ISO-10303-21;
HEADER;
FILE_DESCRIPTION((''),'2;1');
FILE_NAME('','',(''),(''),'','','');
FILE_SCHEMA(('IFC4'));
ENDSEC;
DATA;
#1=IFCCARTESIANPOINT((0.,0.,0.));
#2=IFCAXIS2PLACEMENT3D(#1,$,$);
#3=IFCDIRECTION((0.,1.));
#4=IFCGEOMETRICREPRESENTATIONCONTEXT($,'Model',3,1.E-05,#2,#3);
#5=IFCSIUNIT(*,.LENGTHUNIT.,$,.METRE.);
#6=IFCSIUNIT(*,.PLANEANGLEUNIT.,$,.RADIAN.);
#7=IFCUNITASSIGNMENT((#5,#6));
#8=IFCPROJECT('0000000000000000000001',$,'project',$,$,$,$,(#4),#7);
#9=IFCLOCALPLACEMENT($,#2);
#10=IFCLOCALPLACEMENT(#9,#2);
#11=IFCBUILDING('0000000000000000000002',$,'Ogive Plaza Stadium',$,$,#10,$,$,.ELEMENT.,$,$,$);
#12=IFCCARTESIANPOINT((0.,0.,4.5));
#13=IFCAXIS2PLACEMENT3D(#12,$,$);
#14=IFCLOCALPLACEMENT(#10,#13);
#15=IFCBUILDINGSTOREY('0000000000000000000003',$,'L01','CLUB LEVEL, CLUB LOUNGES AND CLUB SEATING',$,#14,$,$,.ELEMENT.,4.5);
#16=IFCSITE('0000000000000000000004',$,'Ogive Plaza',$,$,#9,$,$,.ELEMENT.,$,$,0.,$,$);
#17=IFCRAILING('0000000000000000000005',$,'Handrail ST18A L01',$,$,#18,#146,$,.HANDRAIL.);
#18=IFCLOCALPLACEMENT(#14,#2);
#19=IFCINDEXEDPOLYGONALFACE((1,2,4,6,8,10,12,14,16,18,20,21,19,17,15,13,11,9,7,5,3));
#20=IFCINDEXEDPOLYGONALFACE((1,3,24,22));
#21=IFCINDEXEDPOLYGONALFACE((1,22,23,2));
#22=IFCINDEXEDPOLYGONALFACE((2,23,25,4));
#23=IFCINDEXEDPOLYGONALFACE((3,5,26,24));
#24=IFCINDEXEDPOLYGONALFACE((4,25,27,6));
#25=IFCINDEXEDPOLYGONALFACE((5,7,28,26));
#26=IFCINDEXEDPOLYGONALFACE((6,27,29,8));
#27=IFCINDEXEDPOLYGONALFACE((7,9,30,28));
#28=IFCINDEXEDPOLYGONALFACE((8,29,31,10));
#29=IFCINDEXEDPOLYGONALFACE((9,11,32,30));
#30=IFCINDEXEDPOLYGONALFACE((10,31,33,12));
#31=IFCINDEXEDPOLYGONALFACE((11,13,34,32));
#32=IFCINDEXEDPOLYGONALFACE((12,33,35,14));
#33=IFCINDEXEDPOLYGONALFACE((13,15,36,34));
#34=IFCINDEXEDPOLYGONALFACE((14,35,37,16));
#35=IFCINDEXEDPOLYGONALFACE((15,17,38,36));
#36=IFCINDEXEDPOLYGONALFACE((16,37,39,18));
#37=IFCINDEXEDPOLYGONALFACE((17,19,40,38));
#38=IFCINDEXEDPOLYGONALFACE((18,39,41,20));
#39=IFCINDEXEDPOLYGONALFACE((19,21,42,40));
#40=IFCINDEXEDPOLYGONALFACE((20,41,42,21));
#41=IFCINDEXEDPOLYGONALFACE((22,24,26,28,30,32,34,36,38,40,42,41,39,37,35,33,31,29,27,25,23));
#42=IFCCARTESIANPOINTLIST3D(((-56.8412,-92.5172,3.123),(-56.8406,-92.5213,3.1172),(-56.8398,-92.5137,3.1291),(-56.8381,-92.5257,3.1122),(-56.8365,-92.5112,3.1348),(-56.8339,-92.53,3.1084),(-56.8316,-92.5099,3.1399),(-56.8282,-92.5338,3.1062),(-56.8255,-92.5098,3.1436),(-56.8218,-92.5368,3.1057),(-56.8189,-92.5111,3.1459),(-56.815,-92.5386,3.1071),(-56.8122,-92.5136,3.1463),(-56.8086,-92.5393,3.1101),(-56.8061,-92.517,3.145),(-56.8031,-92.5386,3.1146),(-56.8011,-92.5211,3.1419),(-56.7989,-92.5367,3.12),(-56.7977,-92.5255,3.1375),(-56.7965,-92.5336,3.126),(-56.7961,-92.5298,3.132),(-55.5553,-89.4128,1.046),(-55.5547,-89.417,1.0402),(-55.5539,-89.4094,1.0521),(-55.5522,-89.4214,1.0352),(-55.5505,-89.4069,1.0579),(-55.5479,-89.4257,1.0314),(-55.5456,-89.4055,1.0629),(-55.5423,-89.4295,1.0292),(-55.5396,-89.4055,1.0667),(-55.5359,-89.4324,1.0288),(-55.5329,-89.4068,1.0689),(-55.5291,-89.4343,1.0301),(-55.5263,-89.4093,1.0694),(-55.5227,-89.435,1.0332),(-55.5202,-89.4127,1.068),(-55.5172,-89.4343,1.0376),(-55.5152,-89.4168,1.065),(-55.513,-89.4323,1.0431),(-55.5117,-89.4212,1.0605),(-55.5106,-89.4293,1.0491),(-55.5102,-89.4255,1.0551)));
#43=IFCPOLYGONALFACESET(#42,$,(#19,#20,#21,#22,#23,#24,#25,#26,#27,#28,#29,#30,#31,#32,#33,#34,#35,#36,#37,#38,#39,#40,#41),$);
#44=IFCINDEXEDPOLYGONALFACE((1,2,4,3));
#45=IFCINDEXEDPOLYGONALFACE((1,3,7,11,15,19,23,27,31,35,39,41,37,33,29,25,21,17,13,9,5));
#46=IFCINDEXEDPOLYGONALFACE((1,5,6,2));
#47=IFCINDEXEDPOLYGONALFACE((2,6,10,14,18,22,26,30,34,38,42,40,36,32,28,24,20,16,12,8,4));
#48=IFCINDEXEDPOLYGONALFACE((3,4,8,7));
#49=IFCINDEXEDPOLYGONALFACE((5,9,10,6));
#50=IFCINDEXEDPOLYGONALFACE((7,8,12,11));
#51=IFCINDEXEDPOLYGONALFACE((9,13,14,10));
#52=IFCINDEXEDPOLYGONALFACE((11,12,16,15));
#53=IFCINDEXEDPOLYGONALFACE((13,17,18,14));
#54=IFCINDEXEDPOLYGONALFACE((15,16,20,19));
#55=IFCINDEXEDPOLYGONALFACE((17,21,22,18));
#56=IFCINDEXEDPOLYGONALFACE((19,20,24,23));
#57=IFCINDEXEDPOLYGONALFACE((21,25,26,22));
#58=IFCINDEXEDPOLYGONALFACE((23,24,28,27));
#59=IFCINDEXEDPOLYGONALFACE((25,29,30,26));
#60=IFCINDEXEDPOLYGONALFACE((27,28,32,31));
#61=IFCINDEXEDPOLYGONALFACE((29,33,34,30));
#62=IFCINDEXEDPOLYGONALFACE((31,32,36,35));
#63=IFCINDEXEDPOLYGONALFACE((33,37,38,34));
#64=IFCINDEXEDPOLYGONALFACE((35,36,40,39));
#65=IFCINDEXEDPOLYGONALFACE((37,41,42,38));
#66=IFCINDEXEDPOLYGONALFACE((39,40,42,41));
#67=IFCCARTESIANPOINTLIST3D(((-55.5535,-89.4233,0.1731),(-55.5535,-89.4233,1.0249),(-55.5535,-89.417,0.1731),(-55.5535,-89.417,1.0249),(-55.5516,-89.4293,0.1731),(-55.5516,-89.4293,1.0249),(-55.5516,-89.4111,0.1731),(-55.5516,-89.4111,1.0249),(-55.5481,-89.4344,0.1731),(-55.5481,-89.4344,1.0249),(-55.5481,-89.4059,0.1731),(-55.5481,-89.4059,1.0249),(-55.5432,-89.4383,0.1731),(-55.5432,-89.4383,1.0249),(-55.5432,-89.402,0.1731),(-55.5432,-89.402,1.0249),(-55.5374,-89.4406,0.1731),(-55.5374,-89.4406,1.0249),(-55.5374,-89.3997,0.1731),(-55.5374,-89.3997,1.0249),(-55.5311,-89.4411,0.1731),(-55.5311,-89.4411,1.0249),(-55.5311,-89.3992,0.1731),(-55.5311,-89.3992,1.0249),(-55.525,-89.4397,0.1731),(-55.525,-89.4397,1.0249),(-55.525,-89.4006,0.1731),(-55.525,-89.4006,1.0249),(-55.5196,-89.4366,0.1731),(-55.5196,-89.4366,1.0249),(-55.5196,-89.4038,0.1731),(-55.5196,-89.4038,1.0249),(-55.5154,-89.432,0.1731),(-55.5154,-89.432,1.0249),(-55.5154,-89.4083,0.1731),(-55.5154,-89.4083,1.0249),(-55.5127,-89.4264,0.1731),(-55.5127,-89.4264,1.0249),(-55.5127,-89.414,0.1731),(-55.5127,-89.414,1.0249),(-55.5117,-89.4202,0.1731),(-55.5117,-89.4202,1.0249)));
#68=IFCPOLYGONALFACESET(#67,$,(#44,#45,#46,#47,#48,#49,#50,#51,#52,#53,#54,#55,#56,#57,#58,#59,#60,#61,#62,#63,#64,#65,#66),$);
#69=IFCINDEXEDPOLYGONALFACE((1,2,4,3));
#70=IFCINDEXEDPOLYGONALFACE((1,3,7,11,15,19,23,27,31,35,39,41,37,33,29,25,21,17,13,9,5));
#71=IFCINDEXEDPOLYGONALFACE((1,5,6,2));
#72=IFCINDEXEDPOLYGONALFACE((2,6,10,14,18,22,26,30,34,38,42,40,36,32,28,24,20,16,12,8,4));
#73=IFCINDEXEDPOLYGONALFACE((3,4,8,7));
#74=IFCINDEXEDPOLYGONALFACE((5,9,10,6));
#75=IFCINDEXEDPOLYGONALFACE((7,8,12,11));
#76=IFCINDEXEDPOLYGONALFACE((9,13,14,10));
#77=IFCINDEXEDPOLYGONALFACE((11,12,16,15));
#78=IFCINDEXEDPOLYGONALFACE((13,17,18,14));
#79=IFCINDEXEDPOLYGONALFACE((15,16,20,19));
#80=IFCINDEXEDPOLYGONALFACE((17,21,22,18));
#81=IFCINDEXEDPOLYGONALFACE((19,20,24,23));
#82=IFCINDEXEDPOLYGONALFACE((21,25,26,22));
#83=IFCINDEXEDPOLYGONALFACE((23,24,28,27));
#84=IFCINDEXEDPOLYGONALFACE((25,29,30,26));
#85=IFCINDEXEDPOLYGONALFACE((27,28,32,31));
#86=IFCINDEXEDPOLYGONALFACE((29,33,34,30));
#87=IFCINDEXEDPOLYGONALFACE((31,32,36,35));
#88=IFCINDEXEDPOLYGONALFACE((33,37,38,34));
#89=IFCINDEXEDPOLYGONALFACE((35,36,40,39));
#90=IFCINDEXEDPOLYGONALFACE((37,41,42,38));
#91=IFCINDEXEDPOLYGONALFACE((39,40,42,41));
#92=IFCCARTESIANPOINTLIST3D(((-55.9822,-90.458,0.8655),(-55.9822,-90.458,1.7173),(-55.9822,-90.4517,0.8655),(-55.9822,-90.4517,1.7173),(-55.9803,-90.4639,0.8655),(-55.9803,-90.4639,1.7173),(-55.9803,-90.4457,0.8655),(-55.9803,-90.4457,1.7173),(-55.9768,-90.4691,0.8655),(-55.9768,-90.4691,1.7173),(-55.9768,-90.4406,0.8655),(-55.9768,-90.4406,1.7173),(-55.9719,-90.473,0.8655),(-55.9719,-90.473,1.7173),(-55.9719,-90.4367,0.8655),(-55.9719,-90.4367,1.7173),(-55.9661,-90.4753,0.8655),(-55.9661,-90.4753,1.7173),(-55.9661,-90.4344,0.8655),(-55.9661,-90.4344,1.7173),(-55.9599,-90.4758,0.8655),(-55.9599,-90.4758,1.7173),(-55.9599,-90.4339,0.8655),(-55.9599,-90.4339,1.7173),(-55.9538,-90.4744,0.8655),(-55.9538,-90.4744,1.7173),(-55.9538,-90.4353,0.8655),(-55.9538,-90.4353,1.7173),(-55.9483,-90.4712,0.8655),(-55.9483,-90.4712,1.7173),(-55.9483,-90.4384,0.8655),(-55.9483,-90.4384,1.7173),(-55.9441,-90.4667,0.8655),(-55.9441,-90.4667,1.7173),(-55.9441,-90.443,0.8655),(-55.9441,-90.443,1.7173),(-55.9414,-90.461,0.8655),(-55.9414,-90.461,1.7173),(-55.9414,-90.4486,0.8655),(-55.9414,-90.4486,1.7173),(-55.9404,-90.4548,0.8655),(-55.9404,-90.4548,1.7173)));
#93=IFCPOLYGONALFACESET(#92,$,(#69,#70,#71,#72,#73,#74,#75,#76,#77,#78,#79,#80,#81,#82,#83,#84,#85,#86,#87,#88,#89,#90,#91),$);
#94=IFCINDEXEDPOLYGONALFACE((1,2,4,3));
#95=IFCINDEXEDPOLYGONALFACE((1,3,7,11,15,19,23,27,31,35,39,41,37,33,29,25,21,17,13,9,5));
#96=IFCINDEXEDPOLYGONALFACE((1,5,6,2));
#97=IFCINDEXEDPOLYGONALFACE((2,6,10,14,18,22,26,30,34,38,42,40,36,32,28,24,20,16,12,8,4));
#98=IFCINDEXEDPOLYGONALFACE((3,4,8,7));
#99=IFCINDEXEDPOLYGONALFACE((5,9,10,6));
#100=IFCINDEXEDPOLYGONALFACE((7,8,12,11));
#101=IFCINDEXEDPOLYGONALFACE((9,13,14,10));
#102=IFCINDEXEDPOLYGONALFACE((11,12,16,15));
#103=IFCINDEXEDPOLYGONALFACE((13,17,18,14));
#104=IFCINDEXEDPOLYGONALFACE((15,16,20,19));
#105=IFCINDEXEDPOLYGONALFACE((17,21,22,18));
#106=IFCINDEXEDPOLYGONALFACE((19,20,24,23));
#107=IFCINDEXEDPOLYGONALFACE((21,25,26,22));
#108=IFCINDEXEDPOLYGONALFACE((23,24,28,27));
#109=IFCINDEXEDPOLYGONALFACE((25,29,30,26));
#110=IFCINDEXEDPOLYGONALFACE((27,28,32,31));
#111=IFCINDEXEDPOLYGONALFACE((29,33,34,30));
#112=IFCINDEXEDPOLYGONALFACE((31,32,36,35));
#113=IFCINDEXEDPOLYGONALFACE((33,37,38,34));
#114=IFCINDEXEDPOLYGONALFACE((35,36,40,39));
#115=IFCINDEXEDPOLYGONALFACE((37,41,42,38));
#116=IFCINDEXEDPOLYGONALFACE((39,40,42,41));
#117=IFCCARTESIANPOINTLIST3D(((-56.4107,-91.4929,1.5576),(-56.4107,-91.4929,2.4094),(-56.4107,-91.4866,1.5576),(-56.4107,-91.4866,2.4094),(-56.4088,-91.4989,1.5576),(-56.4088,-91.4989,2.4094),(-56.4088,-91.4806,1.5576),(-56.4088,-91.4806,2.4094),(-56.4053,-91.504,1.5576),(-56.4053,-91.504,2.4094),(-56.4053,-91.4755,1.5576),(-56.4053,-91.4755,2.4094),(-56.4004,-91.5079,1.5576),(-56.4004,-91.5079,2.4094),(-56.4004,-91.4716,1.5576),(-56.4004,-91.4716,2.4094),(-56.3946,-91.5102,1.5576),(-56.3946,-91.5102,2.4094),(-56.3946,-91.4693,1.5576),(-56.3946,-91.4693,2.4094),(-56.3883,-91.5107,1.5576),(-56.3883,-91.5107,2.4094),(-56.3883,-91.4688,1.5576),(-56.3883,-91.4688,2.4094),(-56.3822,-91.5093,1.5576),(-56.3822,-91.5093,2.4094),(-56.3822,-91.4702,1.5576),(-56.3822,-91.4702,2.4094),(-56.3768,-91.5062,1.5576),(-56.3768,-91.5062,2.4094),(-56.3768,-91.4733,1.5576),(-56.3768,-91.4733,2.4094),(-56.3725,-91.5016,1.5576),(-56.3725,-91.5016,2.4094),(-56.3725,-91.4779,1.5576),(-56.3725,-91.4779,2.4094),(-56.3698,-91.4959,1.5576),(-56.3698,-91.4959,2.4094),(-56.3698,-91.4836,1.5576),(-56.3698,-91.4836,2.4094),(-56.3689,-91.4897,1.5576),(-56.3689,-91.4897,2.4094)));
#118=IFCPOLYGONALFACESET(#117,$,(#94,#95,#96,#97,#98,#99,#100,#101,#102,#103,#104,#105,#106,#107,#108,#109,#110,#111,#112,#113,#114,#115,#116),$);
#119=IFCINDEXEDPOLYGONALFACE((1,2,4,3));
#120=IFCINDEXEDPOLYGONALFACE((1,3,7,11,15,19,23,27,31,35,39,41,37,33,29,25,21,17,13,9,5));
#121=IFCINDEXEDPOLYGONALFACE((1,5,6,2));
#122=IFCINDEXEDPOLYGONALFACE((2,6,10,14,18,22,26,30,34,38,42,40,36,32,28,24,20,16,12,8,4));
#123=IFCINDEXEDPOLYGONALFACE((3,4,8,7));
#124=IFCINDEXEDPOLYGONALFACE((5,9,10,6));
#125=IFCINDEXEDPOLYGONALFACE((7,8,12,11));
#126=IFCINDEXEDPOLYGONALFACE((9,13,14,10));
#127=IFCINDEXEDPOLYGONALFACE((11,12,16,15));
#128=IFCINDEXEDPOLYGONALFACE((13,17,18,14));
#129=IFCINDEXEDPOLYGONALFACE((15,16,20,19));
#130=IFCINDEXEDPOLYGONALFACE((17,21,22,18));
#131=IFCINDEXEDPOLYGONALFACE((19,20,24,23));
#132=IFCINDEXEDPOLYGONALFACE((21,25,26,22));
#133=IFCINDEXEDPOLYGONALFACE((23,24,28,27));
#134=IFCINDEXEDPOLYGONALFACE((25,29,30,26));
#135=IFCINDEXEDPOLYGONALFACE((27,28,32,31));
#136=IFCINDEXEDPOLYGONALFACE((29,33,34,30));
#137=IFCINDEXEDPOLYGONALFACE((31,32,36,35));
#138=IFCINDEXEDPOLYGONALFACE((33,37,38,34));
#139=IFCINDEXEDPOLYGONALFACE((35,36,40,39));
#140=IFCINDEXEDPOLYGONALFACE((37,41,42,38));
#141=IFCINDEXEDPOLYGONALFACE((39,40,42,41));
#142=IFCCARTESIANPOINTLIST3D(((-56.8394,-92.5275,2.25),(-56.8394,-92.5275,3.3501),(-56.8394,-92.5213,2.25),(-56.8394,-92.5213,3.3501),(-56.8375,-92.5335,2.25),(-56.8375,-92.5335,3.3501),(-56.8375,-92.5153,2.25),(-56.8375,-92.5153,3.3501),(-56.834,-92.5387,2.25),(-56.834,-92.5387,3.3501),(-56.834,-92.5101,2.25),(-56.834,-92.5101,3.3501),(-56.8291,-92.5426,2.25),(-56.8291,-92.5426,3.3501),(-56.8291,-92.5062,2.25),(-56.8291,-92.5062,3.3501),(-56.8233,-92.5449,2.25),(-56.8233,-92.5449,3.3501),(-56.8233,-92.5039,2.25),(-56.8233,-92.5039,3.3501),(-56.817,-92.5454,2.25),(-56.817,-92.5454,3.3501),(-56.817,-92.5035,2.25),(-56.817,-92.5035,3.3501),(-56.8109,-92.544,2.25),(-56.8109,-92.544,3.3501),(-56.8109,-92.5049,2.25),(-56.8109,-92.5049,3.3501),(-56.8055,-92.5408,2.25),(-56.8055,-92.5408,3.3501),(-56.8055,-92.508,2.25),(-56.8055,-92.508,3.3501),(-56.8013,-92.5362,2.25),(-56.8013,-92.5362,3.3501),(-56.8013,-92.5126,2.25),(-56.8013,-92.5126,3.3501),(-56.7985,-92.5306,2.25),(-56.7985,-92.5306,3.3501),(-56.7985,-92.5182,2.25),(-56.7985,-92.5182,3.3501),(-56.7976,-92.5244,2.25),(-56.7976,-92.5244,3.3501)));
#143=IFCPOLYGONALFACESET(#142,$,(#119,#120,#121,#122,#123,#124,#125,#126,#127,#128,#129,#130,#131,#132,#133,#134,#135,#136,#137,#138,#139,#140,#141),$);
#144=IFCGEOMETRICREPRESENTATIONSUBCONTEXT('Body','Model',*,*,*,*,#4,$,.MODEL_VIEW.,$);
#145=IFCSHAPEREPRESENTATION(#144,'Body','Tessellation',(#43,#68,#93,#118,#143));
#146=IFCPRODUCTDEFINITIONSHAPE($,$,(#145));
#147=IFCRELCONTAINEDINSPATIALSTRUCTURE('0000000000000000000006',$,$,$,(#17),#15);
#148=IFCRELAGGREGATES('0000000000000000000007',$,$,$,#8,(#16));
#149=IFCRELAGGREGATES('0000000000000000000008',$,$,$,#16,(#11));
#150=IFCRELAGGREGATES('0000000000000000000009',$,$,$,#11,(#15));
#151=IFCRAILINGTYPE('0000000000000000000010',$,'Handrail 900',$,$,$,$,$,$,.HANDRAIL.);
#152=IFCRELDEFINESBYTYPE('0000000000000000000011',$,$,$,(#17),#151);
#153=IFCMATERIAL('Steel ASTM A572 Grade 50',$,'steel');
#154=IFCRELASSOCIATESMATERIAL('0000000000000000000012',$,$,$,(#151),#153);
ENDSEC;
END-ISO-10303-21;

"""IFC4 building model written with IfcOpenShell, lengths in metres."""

from ifc_helpers import new_model, si_unit, direction, frame, origin, origin_2d, place, context, subcontext, project, spatial, circle, extrude, material, type_object, element, save


model = new_model("IFC4")

# Units and contexts
model_context = context("Model", 3, precision=1e-05, world=origin(), true_north=direction((0.0, 1.0)))
body_context = subcontext(model_context, "Body", "Model", "MODEL_VIEW")
ifc_project = project(units=[si_unit("LENGTHUNIT", "METRE"), si_unit("PLANEANGLEUNIT", "RADIAN")], contexts=[model_context])

# Site, building, storey
site_placement = place(None, origin())
site = spatial("IfcSite", under=ifc_project, at=site_placement, Name="Ogive Plaza", CompositionType="ELEMENT", RefElevation=0.0)
building_placement = place(site_placement, origin())
building = spatial("IfcBuilding", under=site, at=building_placement, Name="Ogive Plaza Stadium", CompositionType="ELEMENT")
storey_placement = place(building_placement, frame((0.0, 0.0, 4.5)))
storey = spatial("IfcBuildingStorey", under=building, at=storey_placement, Name="L01", Description="CLUB LEVEL, CLUB LOUNGES AND CLUB SEATING", CompositionType="ELEMENT", Elevation=4.5)

# Railing
ifc_material_1 = material(Name="Steel ASTM A572 Grade 50", Category="steel")
railing_type_1 = type_object("IfcRailingType", Name="Handrail 900", PredefinedType="HANDRAIL", material=ifc_material_1)
railing_1_placement = place(storey_placement, frame((-55.5327, -89.4202, 0.1731)))
element("IfcRailing", 1, at=railing_1_placement, inside=storey, type_object=railing_type_1, Name="Handrail ST18A L01", PredefinedType="HANDRAIL", context=body_context, shape_type="SweptSolid", body=[
    extrude(circle(Radius=0.0239, at=origin_2d()), frame((0.0, 0.0, 0.876), z_axis=(-0.325532, -0.785863, 0.525783), x_axis=(0.923872, -0.3827, 0.0)), (0.0, 0.0, 1.0), 3.9502),
    extrude(circle(Radius=0.021, at=origin_2d()), origin(), (0.0, 0.0, 1.0), 0.8518),
    extrude(circle(Radius=0.021, at=origin_2d()), frame((-0.4287, -1.0347, 0.6924)), (0.0, 0.0, 1.0), 0.8518),
    extrude(circle(Radius=0.021, at=origin_2d()), frame((-0.8572, -2.0696, 1.3845)), (0.0, 0.0, 1.0), 0.8518),
    extrude(circle(Radius=0.021, at=origin_2d()), frame((-1.2859, -3.1042, 2.0769)), (0.0, 0.0, 1.0), 1.1001),
])

save(model, "model.ifc")
